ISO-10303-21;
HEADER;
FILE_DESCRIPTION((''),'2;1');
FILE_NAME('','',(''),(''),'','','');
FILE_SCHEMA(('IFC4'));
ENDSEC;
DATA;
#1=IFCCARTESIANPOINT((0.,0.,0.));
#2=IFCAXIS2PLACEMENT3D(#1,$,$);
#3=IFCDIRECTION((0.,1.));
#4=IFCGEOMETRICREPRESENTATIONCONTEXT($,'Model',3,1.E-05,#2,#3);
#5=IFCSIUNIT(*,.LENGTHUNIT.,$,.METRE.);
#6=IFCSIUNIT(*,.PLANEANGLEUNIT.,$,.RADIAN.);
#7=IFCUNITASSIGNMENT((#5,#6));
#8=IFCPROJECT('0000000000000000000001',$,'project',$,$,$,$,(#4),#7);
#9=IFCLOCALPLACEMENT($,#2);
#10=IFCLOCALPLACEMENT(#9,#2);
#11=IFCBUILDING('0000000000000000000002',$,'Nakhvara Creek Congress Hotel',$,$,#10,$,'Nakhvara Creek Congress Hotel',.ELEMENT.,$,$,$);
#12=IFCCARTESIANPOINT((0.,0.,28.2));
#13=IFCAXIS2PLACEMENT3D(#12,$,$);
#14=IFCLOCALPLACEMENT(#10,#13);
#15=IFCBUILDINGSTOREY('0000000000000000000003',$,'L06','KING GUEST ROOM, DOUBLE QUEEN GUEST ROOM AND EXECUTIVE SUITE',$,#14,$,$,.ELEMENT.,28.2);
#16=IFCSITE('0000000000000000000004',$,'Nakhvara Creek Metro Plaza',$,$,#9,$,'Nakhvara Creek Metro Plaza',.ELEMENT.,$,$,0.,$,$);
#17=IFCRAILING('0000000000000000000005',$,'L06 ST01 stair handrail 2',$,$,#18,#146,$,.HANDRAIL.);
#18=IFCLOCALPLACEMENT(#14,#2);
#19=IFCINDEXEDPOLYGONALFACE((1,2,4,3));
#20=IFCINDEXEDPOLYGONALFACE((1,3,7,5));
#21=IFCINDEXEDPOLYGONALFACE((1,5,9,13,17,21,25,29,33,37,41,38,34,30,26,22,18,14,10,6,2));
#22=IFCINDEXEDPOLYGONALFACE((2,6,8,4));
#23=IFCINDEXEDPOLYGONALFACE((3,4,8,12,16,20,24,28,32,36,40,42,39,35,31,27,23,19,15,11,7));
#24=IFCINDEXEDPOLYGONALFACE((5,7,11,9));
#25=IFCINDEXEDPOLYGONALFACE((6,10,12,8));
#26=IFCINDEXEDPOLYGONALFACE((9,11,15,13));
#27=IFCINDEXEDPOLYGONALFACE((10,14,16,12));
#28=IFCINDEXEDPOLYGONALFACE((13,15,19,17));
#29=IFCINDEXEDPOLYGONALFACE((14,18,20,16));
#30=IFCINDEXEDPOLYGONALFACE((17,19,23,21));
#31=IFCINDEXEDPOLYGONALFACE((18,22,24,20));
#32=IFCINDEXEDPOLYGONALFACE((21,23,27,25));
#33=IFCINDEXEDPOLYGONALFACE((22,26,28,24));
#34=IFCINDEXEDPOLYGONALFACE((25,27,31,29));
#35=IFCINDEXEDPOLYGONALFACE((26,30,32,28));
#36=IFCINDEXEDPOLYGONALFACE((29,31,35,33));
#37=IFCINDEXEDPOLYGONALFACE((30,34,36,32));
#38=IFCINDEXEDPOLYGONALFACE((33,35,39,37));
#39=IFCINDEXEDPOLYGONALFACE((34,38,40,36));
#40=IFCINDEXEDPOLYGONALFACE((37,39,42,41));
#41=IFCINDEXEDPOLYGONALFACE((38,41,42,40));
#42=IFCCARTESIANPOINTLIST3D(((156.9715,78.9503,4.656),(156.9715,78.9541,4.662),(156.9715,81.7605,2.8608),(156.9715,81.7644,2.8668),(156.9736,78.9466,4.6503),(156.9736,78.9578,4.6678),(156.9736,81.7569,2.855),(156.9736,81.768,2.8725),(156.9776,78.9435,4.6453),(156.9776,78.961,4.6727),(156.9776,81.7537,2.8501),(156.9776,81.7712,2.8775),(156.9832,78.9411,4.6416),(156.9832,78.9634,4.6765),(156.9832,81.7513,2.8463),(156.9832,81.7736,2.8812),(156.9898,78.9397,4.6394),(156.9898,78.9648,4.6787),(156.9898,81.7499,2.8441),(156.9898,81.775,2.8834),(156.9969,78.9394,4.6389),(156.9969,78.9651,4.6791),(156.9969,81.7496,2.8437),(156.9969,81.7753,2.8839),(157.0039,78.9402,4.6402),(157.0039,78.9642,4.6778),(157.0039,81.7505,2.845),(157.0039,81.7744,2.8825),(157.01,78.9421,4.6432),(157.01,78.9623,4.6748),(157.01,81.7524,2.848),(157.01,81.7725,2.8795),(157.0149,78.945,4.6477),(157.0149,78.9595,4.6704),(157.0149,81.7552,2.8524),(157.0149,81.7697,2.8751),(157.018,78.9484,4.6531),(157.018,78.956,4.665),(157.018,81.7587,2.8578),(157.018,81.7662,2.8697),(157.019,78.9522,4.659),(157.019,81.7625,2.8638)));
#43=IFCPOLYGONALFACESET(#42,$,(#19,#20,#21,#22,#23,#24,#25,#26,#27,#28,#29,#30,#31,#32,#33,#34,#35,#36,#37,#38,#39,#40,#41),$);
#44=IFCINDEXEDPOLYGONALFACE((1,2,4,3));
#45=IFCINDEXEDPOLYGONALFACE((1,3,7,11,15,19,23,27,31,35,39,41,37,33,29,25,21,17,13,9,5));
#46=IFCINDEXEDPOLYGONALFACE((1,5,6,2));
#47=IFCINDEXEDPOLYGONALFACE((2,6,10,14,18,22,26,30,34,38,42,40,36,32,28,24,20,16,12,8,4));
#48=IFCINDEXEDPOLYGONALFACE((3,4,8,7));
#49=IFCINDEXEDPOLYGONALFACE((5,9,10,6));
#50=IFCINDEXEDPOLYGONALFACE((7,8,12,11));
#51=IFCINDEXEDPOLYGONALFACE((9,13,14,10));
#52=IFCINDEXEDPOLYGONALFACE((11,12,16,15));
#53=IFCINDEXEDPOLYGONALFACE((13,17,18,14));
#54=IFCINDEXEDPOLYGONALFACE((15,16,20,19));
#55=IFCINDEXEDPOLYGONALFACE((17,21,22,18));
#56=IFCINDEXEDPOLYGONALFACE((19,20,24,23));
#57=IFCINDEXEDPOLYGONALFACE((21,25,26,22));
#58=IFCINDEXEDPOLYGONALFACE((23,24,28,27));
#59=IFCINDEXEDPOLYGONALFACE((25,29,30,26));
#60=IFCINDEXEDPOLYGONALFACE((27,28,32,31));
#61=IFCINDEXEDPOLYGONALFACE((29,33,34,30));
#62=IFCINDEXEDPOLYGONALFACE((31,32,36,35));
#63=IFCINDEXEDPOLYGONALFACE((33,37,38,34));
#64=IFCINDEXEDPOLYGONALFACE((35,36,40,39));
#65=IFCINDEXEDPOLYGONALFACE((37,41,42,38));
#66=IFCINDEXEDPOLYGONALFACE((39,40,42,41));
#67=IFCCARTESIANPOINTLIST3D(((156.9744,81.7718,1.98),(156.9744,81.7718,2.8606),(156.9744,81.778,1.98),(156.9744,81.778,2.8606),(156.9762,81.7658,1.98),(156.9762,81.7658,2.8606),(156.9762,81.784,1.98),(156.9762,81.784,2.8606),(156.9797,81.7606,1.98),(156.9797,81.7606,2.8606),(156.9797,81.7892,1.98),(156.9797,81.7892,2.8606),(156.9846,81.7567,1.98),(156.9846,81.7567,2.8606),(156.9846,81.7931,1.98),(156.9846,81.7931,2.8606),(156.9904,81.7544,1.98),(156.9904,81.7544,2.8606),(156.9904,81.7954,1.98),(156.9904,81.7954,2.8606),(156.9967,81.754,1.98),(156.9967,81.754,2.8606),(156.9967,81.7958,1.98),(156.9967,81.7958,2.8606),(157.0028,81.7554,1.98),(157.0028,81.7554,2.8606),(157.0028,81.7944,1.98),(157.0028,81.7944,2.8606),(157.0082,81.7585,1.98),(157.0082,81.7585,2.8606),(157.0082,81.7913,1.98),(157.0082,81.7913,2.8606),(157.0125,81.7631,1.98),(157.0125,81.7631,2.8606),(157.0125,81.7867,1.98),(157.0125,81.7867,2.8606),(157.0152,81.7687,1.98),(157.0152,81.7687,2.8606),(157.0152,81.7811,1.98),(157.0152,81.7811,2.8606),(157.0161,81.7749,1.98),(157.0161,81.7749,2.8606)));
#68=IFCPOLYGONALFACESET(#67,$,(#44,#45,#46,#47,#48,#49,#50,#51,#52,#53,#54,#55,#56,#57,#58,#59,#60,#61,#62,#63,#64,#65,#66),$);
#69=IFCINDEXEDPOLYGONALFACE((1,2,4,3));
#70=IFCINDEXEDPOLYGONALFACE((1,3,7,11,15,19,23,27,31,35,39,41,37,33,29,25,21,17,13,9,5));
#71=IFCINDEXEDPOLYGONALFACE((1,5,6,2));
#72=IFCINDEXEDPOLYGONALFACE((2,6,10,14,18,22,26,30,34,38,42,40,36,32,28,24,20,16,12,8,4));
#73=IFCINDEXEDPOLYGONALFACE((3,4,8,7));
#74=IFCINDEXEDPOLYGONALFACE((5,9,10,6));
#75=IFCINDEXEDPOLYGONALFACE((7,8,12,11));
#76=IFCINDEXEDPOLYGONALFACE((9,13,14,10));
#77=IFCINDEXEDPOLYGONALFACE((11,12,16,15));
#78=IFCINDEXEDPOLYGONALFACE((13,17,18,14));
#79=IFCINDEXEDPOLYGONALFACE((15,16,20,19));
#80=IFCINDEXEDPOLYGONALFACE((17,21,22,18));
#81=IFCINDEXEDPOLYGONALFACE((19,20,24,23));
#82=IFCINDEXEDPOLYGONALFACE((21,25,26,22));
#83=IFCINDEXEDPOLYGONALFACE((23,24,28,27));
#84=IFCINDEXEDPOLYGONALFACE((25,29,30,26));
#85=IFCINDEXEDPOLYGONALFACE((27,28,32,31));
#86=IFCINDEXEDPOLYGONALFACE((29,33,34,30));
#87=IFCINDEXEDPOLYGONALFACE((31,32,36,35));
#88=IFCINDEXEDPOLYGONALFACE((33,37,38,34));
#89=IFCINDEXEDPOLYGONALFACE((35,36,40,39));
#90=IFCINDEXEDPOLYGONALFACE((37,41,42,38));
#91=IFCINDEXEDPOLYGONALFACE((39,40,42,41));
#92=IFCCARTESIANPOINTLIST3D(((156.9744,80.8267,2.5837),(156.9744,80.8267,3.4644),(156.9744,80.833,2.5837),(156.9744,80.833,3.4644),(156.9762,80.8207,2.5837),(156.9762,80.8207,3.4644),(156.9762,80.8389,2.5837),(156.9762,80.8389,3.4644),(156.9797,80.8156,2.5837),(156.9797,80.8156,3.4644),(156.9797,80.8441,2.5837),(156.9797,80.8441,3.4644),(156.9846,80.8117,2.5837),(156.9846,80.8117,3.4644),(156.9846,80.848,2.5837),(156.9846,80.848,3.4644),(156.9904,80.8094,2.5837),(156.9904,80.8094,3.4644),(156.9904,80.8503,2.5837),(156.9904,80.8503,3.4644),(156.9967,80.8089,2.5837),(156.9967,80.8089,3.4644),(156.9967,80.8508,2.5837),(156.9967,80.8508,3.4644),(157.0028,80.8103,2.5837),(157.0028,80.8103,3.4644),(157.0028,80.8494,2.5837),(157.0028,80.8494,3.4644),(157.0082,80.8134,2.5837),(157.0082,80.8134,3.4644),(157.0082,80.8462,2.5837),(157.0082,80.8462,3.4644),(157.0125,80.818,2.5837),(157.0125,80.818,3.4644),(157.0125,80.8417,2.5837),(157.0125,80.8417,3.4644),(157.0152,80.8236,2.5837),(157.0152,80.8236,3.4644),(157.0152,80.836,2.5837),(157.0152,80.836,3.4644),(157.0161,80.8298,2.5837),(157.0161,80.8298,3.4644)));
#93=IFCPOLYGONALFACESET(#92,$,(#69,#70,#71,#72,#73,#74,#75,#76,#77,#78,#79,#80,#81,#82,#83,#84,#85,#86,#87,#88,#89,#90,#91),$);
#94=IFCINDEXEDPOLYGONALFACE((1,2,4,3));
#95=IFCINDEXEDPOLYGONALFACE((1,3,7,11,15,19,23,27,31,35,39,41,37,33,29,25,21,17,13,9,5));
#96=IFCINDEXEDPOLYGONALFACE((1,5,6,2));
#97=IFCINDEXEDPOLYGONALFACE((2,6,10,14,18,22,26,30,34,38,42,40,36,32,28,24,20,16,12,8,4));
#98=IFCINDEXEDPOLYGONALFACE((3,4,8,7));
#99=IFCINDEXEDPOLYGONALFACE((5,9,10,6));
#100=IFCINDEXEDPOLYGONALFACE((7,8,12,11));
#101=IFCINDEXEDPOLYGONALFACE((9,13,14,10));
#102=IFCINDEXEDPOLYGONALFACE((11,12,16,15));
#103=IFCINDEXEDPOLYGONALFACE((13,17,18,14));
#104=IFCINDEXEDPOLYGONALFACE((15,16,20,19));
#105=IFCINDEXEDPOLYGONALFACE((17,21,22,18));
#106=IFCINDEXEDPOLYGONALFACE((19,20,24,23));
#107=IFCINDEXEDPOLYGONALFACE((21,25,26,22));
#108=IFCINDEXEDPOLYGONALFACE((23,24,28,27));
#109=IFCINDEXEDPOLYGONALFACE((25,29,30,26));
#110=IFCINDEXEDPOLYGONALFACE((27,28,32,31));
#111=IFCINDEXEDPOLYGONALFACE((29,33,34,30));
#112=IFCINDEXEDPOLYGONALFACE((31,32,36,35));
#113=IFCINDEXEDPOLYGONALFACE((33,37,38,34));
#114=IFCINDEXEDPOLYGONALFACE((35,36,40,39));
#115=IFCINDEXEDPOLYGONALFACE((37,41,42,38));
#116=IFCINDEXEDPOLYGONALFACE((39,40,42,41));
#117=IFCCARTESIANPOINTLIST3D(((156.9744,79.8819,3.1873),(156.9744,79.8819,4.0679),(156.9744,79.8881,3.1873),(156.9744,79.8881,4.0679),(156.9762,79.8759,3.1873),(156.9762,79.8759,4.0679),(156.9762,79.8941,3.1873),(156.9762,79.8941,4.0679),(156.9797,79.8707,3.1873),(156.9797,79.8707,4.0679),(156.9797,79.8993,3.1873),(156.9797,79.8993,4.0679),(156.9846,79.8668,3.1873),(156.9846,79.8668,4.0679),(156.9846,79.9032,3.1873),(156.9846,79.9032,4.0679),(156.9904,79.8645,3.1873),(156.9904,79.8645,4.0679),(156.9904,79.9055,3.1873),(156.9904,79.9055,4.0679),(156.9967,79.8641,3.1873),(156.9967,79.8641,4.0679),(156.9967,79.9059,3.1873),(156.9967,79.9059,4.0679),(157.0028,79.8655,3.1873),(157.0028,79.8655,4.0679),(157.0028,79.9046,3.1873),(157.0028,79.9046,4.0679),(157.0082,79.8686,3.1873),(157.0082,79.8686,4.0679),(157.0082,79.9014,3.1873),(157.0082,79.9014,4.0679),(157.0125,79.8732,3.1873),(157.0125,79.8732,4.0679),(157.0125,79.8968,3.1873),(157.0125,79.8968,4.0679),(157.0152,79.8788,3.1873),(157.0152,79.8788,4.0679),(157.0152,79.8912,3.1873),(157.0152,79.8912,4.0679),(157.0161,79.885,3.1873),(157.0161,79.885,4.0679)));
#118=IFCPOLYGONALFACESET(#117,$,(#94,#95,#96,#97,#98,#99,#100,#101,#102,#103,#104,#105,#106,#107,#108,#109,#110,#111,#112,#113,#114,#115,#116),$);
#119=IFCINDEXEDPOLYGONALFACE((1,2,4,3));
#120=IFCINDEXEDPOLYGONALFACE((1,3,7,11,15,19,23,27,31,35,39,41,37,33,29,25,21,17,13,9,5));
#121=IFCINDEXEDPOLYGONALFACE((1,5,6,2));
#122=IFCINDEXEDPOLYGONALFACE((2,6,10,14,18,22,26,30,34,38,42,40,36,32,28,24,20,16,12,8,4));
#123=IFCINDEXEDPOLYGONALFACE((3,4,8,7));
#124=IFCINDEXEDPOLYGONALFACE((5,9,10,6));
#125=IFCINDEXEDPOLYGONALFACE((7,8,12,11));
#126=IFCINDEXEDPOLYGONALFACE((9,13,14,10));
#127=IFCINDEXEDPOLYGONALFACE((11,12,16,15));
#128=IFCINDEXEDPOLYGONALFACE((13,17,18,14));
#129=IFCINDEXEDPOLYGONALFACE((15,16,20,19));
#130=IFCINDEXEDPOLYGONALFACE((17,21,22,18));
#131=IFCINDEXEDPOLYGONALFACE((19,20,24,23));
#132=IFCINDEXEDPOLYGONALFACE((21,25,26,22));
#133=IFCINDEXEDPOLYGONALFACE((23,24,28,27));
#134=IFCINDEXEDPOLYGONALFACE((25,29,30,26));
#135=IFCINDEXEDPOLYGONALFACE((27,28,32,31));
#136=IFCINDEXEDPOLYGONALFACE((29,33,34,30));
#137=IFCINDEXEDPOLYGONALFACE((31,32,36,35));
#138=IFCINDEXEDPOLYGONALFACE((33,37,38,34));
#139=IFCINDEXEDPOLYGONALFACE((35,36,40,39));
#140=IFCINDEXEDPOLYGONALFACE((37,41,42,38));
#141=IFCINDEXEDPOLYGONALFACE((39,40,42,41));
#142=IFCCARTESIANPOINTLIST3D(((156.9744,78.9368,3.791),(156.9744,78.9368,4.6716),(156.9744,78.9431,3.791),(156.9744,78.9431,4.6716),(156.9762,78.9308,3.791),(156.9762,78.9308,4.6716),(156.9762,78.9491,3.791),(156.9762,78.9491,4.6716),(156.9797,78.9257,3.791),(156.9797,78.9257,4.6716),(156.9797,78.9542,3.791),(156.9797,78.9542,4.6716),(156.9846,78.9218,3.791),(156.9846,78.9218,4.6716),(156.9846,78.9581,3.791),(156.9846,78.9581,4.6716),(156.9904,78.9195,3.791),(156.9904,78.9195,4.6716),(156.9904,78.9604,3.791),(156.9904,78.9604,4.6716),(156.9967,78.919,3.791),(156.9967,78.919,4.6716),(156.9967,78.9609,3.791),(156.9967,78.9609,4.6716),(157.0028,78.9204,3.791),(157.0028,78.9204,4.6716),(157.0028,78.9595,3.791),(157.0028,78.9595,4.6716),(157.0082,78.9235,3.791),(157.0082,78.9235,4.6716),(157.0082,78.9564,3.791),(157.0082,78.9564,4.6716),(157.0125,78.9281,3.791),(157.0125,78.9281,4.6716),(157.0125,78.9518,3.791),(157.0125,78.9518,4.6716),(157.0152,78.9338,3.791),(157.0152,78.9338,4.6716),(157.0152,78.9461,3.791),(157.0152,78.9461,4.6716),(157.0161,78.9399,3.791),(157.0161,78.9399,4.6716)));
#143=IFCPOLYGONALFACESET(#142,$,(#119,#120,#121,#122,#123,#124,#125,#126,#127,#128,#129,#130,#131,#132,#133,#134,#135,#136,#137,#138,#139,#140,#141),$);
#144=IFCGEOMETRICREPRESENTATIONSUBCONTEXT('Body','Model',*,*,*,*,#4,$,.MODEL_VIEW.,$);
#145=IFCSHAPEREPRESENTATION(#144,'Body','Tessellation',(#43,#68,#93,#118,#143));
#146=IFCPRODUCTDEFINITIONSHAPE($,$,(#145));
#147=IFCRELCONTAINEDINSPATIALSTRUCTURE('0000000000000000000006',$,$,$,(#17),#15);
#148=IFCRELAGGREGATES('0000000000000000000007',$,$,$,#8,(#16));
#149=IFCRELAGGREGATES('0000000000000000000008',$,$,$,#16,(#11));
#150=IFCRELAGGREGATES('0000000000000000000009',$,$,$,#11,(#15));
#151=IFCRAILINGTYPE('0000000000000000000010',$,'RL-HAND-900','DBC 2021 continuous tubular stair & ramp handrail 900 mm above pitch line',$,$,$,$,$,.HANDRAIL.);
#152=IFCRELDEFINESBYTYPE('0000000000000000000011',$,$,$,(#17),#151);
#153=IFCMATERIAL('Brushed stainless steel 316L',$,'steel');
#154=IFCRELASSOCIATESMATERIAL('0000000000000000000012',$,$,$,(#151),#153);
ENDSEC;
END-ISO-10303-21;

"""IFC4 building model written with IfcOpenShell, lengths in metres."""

from ifc_helpers import new_model, si_unit, direction, frame, origin, origin_2d, place, context, subcontext, project, spatial, circle, extrude, material, type_object, element, save


model = new_model("IFC4")

# Units and contexts
model_context = context("Model", 3, precision=1e-05, world=origin(), true_north=direction((0.0, 1.0)))
body_context = subcontext(model_context, "Body", "Model", "MODEL_VIEW")
ifc_project = project(units=[si_unit("LENGTHUNIT", "METRE"), si_unit("PLANEANGLEUNIT", "RADIAN")], contexts=[model_context])

# Site, building, storey
site_placement = place(None, origin())
site = spatial("IfcSite", under=ifc_project, at=site_placement, Name="Nakhvara Creek Metro Plaza", LongName="Nakhvara Creek Metro Plaza", CompositionType="ELEMENT", RefElevation=0.0)
building_placement = place(site_placement, origin())
building = spatial("IfcBuilding", under=site, at=building_placement, Name="Nakhvara Creek Congress Hotel", LongName="Nakhvara Creek Congress Hotel", CompositionType="ELEMENT")
storey_placement = place(building_placement, frame((0.0, 0.0, 28.2)))
storey = spatial("IfcBuildingStorey", under=building, at=storey_placement, Name="L06", Description="KING GUEST ROOM, DOUBLE QUEEN GUEST ROOM AND EXECUTIVE SUITE", CompositionType="ELEMENT", Elevation=28.2)

# Railing
ifc_material_1 = material(Name="Brushed stainless steel 316L", Category="steel")
railing_type_1 = type_object("IfcRailingType", Name="RL-HAND-900", Description="DBC 2021 continuous tubular stair & ramp handrail 900 mm above pitch line", PredefinedType="HANDRAIL", material=ifc_material_1)
railing_1_placement = place(storey_placement, frame((156.9951, 81.7749, 1.98)))
element("IfcRailing", 1, at=railing_1_placement, inside=storey, type_object=railing_type_1, Name="L06 ST01 stair handrail 2", PredefinedType="HANDRAIL", context=body_context, shape_type="SweptSolid", body=[
    extrude(circle(Radius=0.0239, at=origin_2d()), frame((0.0, -0.0125, 0.8838), z_axis=(0.0, -0.842722, 0.538349), x_axis=(1.0, 0.0, 0.0)), (0.0, 0.0, 1.0), 3.3347),
    extrude(circle(Radius=0.021, at=origin_2d()), origin(), (0.0, 0.0, 1.0), 0.8806),
    extrude(circle(Radius=0.021, at=origin_2d()), frame((0.0, -0.9451, 0.6038)), (0.0, 0.0, 1.0), 0.8806),
    extrude(circle(Radius=0.021, at=origin_2d()), frame((0.0, -1.8899, 1.2073)), (0.0, 0.0, 1.0), 0.8806),
    extrude(circle(Radius=0.021, at=origin_2d()), frame((0.0, -2.835, 1.811)), (0.0, 0.0, 1.0), 0.8806),
])

save(model, "model.ifc")
